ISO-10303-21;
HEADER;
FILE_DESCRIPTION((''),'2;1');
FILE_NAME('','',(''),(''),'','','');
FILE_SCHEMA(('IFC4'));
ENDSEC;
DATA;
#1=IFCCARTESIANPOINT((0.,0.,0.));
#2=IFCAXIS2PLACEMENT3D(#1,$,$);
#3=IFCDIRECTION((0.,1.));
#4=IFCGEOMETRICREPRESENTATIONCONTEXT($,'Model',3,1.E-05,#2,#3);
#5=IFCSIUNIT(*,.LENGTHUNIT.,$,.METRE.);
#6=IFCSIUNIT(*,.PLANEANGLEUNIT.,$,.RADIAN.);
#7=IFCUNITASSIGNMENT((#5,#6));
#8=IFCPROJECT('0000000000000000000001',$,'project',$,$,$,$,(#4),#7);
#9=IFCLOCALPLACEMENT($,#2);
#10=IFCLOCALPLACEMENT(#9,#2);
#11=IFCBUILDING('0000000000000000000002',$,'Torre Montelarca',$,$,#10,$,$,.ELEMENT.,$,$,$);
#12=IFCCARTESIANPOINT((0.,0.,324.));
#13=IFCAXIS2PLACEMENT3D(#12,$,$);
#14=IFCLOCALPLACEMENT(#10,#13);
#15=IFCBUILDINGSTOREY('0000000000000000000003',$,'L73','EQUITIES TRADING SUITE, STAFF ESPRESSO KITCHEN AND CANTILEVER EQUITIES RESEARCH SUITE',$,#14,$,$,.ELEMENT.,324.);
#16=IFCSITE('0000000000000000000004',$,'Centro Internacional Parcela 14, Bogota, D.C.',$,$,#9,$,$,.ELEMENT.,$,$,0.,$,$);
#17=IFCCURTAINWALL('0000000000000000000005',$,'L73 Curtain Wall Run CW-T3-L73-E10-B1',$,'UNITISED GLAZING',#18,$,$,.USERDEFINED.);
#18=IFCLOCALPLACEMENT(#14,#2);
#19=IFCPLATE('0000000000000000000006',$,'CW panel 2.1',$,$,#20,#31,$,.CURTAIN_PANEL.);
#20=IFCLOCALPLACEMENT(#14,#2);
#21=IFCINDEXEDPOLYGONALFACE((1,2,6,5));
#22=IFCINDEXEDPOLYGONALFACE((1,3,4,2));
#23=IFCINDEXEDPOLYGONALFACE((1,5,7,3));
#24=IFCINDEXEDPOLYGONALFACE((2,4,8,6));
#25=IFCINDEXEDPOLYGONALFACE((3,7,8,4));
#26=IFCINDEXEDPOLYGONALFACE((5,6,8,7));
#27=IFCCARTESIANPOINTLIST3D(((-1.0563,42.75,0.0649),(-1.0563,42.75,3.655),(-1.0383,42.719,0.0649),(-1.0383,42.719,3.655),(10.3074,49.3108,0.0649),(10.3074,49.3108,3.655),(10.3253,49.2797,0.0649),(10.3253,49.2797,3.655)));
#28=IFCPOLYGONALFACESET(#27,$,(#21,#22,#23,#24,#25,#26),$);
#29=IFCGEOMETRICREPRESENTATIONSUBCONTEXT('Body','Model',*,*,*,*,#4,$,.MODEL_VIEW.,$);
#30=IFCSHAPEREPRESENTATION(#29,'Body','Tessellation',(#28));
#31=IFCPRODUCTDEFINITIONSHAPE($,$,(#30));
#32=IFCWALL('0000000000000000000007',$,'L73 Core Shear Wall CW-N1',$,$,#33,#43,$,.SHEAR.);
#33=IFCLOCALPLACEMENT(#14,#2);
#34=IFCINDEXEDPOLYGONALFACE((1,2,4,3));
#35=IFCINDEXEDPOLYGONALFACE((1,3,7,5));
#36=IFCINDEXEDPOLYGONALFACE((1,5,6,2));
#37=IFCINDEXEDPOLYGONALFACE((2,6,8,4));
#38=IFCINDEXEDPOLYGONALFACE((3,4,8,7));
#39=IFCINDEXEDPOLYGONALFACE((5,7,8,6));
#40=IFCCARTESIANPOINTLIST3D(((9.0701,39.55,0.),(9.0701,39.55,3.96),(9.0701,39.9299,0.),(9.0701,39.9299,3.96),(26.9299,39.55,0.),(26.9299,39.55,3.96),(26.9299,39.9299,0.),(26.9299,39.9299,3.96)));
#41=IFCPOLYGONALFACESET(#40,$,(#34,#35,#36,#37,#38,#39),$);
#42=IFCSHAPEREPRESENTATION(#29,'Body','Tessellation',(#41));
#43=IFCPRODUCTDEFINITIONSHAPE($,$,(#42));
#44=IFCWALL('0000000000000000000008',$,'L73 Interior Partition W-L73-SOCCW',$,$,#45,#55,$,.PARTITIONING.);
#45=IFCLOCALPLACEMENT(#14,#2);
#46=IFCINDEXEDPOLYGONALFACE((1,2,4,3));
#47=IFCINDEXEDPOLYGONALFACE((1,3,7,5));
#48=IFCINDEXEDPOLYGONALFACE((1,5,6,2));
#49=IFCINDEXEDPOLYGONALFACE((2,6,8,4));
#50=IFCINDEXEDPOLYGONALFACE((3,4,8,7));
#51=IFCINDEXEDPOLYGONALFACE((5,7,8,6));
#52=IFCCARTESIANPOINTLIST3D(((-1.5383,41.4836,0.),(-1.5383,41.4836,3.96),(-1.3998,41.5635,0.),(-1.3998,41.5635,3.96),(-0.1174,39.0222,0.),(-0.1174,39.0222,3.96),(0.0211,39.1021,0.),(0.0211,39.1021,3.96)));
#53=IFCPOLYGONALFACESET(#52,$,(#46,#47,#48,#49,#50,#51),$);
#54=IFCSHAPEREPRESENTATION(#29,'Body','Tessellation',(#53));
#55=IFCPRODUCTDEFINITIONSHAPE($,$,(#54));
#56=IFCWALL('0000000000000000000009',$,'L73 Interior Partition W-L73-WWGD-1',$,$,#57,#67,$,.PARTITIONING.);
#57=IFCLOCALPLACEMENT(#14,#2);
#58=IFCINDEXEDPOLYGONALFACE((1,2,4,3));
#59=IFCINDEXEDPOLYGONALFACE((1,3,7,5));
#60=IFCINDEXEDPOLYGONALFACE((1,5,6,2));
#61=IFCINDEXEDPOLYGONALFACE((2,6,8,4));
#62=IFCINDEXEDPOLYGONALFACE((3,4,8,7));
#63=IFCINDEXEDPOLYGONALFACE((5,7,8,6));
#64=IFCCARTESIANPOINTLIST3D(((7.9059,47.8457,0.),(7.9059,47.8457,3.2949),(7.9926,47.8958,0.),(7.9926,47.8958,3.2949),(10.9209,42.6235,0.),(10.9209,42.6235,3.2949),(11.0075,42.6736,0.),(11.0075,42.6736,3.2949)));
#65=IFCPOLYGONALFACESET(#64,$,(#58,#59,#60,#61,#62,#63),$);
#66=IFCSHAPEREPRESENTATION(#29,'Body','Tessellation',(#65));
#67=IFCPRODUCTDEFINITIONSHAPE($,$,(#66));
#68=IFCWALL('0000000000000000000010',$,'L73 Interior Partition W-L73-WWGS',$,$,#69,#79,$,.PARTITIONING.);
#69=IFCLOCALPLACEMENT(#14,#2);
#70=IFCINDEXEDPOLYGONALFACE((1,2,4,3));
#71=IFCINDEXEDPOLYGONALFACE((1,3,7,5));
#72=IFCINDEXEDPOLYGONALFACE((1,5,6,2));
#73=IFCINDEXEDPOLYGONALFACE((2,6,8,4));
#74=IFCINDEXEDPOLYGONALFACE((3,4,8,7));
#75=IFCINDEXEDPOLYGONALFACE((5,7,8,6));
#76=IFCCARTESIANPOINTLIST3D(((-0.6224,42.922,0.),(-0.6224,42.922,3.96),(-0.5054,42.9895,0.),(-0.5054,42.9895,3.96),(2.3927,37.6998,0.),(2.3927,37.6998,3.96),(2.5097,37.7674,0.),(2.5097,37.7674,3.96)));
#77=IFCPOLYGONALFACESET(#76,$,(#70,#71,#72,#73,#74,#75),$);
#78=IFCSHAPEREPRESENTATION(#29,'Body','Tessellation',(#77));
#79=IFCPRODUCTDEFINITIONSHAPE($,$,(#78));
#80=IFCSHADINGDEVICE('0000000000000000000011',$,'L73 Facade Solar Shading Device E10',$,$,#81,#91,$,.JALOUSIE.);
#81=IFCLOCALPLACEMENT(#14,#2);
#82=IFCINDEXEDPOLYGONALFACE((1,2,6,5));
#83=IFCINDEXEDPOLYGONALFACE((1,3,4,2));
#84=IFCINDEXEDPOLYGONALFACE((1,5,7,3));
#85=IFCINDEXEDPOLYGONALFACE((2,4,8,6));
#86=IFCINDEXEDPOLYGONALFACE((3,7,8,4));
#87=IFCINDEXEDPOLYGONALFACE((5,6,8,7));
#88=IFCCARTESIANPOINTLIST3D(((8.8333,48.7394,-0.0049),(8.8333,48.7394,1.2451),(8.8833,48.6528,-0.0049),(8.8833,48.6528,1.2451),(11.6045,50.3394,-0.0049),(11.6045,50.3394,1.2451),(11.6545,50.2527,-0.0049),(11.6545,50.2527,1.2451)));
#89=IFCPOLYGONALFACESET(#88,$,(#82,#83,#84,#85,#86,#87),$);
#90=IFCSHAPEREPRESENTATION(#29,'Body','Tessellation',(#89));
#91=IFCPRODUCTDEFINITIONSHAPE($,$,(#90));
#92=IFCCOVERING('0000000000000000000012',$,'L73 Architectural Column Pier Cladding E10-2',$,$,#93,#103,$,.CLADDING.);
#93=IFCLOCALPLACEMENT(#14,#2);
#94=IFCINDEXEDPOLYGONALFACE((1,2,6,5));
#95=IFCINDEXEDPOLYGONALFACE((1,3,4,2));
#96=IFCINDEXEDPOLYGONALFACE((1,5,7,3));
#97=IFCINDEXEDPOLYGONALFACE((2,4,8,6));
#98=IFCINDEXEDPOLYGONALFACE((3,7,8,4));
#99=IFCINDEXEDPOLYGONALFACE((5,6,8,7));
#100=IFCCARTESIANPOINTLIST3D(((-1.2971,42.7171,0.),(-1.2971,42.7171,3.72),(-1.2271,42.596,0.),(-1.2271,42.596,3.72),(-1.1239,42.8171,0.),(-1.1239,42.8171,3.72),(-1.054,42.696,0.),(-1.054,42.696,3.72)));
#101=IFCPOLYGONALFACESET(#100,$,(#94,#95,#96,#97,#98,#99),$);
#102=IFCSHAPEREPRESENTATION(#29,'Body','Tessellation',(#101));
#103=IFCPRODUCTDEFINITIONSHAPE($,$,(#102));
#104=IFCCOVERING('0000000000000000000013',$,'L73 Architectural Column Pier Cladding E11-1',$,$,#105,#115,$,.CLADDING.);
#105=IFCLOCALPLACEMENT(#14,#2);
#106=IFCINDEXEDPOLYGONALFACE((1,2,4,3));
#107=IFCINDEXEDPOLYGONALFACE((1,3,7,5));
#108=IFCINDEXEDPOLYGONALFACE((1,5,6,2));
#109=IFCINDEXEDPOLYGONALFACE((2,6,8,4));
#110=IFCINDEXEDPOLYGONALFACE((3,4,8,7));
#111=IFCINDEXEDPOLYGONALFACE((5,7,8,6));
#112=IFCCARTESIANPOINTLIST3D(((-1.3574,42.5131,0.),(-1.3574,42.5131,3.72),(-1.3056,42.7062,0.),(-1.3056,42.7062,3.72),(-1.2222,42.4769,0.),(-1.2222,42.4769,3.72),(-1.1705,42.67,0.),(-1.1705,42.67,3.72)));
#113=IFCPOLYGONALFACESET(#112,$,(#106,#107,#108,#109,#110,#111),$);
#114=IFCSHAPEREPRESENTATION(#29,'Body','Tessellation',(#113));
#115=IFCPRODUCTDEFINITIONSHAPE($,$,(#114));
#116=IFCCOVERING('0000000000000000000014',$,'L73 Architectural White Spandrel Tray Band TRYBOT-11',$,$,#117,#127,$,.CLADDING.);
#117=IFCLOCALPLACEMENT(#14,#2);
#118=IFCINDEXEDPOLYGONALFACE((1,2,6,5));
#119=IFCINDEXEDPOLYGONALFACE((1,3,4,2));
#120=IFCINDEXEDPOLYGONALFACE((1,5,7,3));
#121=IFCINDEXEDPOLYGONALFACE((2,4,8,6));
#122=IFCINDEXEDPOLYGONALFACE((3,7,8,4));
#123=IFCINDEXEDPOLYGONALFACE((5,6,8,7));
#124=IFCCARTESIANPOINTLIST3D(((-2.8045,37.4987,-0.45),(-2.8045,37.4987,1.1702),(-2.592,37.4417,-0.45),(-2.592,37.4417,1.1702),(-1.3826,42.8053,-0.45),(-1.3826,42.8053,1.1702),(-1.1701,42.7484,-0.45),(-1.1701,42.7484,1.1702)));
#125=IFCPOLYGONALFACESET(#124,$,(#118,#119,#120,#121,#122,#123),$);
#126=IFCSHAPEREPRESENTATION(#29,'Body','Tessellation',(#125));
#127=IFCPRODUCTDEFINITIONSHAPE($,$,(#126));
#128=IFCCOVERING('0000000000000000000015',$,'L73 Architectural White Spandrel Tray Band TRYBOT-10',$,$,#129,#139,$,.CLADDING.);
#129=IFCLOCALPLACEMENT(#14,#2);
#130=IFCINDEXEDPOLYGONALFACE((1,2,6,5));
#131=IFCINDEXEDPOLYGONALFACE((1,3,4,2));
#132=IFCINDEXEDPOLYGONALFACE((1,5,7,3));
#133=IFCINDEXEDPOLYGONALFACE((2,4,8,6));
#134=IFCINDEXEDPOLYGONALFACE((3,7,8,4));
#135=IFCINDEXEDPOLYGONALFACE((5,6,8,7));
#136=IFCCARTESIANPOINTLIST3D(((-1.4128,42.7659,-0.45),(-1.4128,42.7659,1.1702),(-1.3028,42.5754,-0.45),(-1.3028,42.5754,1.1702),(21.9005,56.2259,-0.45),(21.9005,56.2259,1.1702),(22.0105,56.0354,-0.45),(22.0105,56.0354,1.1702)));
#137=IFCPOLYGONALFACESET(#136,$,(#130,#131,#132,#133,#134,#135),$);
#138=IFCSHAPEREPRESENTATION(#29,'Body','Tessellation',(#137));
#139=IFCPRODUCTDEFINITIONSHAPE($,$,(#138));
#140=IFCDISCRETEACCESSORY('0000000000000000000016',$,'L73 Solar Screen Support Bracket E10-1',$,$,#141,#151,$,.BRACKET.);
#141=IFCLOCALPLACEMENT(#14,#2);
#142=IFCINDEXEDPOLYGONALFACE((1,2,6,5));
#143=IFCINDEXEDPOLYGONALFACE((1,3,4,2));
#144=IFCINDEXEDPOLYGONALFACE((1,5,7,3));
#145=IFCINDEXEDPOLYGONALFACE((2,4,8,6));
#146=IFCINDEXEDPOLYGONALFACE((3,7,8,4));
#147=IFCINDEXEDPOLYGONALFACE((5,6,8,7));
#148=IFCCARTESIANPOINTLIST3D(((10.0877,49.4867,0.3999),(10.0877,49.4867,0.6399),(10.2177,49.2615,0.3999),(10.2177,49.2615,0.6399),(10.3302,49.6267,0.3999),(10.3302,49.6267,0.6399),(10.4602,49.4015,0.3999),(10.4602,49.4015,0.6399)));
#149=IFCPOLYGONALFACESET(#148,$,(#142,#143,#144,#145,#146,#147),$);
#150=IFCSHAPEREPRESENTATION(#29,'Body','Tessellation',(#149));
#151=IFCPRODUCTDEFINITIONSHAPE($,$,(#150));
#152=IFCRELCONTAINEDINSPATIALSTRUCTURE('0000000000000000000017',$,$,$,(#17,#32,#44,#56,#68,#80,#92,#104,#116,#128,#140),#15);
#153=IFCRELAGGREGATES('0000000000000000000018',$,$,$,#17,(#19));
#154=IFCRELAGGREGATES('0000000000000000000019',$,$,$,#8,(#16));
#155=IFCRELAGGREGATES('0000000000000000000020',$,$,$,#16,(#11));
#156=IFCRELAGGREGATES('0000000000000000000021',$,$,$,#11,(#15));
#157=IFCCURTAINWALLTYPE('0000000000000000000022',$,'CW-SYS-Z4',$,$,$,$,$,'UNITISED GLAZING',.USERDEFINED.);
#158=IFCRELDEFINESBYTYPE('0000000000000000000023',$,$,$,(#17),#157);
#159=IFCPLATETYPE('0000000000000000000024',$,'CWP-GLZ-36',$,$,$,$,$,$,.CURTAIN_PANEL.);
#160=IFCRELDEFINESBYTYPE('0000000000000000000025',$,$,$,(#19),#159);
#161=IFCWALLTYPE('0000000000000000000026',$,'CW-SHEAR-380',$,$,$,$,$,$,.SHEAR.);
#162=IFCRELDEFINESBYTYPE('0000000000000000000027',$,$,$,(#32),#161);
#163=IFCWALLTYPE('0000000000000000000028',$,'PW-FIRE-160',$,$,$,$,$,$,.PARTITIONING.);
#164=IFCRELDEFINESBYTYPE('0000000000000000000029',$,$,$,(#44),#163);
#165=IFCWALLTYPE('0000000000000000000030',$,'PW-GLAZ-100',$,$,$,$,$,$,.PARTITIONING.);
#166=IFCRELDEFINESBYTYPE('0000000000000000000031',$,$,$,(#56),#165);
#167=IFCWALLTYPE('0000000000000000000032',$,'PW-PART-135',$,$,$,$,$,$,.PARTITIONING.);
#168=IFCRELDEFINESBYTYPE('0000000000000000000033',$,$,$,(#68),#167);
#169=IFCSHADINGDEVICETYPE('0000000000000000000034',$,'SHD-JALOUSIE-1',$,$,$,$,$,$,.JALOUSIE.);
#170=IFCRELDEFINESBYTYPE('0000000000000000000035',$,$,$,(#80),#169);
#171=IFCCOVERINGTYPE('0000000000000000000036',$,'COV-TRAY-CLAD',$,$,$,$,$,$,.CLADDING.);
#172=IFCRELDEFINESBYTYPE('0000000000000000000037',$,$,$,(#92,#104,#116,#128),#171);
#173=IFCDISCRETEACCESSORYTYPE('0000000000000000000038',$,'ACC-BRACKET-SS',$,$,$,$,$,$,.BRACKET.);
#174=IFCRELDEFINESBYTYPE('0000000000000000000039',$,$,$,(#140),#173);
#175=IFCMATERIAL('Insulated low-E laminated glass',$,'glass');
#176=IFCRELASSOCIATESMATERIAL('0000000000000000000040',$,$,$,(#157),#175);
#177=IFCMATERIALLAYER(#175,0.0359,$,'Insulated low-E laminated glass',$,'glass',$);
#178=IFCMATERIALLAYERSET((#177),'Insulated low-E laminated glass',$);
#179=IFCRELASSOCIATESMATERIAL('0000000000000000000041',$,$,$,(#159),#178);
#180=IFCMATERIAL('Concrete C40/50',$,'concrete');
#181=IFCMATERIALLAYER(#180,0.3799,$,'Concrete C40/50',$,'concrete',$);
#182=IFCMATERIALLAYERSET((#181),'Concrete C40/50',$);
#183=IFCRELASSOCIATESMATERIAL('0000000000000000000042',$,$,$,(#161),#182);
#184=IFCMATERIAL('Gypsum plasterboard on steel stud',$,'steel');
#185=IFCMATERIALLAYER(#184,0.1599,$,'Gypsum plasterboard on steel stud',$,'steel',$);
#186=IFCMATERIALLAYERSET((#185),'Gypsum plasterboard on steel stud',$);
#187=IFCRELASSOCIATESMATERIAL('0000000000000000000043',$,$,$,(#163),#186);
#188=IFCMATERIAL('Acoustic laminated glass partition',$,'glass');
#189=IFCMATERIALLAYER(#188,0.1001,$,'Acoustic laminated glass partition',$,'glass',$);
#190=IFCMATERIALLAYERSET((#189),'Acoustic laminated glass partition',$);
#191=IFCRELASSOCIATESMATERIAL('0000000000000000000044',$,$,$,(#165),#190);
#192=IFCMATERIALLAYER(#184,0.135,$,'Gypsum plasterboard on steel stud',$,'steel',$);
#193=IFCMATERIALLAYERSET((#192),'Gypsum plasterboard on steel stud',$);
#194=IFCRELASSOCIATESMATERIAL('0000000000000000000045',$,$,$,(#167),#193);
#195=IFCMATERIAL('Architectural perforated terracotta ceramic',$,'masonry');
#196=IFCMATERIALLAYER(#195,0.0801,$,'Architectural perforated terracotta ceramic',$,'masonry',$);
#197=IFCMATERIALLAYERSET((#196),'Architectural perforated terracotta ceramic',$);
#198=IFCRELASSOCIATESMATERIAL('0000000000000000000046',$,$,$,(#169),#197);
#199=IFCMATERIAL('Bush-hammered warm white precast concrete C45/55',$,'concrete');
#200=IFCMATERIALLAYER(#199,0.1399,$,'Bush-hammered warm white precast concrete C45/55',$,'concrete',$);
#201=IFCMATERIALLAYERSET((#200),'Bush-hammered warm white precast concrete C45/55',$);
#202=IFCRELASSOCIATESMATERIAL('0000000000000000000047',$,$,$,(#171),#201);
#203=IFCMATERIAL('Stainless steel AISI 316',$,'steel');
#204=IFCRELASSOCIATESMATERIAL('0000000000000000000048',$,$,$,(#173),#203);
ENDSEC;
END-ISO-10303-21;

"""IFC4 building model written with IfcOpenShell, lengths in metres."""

from ifc_helpers import new_model, si_unit, direction, frame, frame_2d, origin, origin_2d, place, context, subcontext, project, spatial, rectangle, extrude, source, transform, mapped, material, layer, layer_set, type_object, element, aggregate, save


model = new_model("IFC4")

# Units and contexts
model_context = context("Model", 3, precision=1e-05, world=origin(), true_north=direction((0.0, 1.0)))
body_context = subcontext(model_context, "Body", "Model", "MODEL_VIEW")
ifc_project = project(units=[si_unit("LENGTHUNIT", "METRE"), si_unit("PLANEANGLEUNIT", "RADIAN")], contexts=[model_context])

# Site, building, storey
site_placement = place(None, origin())
site = spatial("IfcSite", under=ifc_project, at=site_placement, Name="Centro Internacional Parcela 14, Bogota, D.C.", CompositionType="ELEMENT", RefElevation=0.0)
building_placement = place(site_placement, origin())
building = spatial("IfcBuilding", under=site, at=building_placement, Name="Torre Montelarca", CompositionType="ELEMENT")
storey_placement = place(building_placement, frame((0.0, 0.0, 324.0)))
storey = spatial("IfcBuildingStorey", under=building, at=storey_placement, Name="L73", Description="EQUITIES TRADING SUITE, STAFF ESPRESSO KITCHEN AND CANTILEVER EQUITIES RESEARCH SUITE", CompositionType="ELEMENT", Elevation=324.0)

# Shared definitions
ifc_material_1 = material(Name="Concrete C40/50", Category="concrete")

# Curtain wall
ifc_material_2 = material(Name="Insulated low-E laminated glass", Category="glass")
curtain_wall_type = type_object("IfcCurtainWallType", Name="CW-SYS-Z4", ElementType="UNITISED GLAZING", PredefinedType="USERDEFINED", material=ifc_material_2)
curtain_wall_1_placement = place(storey_placement, origin())
curtain_wall_1 = element("IfcCurtainWall", 1, at=curtain_wall_1_placement, inside=storey, type_object=curtain_wall_type, Name="L73 Curtain Wall Run CW-T3-L73-E10-B1", ObjectType="UNITISED GLAZING", PredefinedType="USERDEFINED")

# Plate
ifc_material_3 = material(Name="Architectural perforated terracotta ceramic", Category="masonry")
ifc_layer_1 = layer(ifc_material_2, 0.0359, Name="Insulated low-E laminated glass", Category="glass")
ifc_layer_set_1 = layer_set([ifc_layer_1], Name="Insulated low-E laminated glass")
plate_type_1 = type_object("IfcPlateType", Name="CWP-GLZ-36", PredefinedType="CURTAIN_PANEL", material=ifc_layer_set_1)
shared_shape_1 = source(origin(), body_context, "Body", "SweptSolid", [
    extrude(rectangle(XDim=13.1216, YDim=0.0359, at=origin_2d()), origin(), (0.0, 0.0, 1.0), 3.5901),
])
plate_1_placement = place(storey_placement, frame((4.6345, 46.0149, 0.0649), z_axis=(0.0, 0.0, 1.0), x_axis=(-0.866025, -0.5, 0.0)))
plate_1 = element("IfcPlate", 2, at=plate_1_placement, type_object=plate_type_1, Name="CW panel 2.1", PredefinedType="CURTAIN_PANEL", context=body_context, shape_type="MappedRepresentation", body=[
    mapped(shared_shape_1, transform((0.0, 0.0, 0.0), scale=1.0)),
])
aggregate(curtain_wall_1, [plate_1])

# Walls
ifc_layer_2 = layer(ifc_material_1, 0.3799, Name="Concrete C40/50", Category="concrete")
ifc_layer_set_2 = layer_set([ifc_layer_2], Name="Concrete C40/50")
wall_type_1 = type_object("IfcWallType", Name="CW-SHEAR-380", PredefinedType="SHEAR", material=ifc_layer_set_2)
wall_1_placement = place(storey_placement, frame((9.0701, 39.74, 0.0), z_axis=(0.0, 0.0, 1.0), x_axis=(1.0, 0.0, 0.0)))
element("IfcWall", 3, at=wall_1_placement, inside=storey, type_object=wall_type_1, Name="L73 Core Shear Wall CW-N1", PredefinedType="SHEAR", context=body_context, shape_type="SweptSolid", body=[
    extrude(rectangle(XDim=17.8599, YDim=0.3799, at=frame_2d((8.9299, 0.0))), origin(), (0.0, 0.0, 1.0), 3.96),
])
ifc_material_4 = material(Name="Gypsum plasterboard on steel stud", Category="steel")
ifc_layer_3 = layer(ifc_material_4, 0.1599, Name="Gypsum plasterboard on steel stud", Category="steel")
ifc_layer_set_3 = layer_set([ifc_layer_3], Name="Gypsum plasterboard on steel stud")
wall_type_2 = type_object("IfcWallType", Name="PW-FIRE-160", PredefinedType="PARTITIONING", material=ifc_layer_set_3)
wall_2_placement = place(storey_placement, frame((-1.469, 41.5234, 0.0), z_axis=(0.0, 0.0, 1.0), x_axis=(0.499946, -0.866057, 0.0)))
element("IfcWall", 4, at=wall_2_placement, inside=storey, type_object=wall_type_2, Name="L73 Interior Partition W-L73-SOCCW", PredefinedType="PARTITIONING", context=body_context, shape_type="SweptSolid", body=[
    extrude(rectangle(XDim=2.842, YDim=0.1599, at=frame_2d((1.4209, 0.0))), origin(), (0.0, 0.0, 1.0), 3.96),
])
ifc_material_5 = material(Name="Acoustic laminated glass partition", Category="glass")
ifc_layer_4 = layer(ifc_material_5, 0.1001, Name="Acoustic laminated glass partition", Category="glass")
ifc_layer_set_4 = layer_set([ifc_layer_4], Name="Acoustic laminated glass partition")
wall_type_3 = type_object("IfcWallType", Name="PW-GLAZ-100", PredefinedType="PARTITIONING", material=ifc_layer_set_4)
wall_3_placement = place(storey_placement, frame((7.9492, 47.8708, 0.0), z_axis=(0.0, 0.0, 1.0), x_axis=(0.499984, -0.866035, 0.0)))
element("IfcWall", 5, at=wall_3_placement, inside=storey, type_object=wall_type_3, Name="L73 Interior Partition W-L73-WWGD-1", PredefinedType="PARTITIONING", context=body_context, shape_type="SweptSolid", body=[
    extrude(rectangle(XDim=6.03, YDim=0.1001, at=frame_2d((3.0151, 0.0))), origin(), (0.0, 0.0, 1.0), 3.2949),
])
ifc_layer_5 = layer(ifc_material_4, 0.135, Name="Gypsum plasterboard on steel stud", Category="steel")
ifc_layer_set_5 = layer_set([ifc_layer_5], Name="Gypsum plasterboard on steel stud")
wall_type_4 = type_object("IfcWallType", Name="PW-PART-135", PredefinedType="PARTITIONING", material=ifc_layer_set_5)
wall_4_placement = place(storey_placement, frame((-0.564, 42.9558, 0.0), z_axis=(0.0, 0.0, 1.0), x_axis=(0.500015, -0.866017, 0.0)))
element("IfcWall", 6, at=wall_4_placement, inside=storey, type_object=wall_type_4, Name="L73 Interior Partition W-L73-WWGS", PredefinedType="PARTITIONING", context=body_context, shape_type="SweptSolid", body=[
    extrude(rectangle(XDim=6.03, YDim=0.135, at=frame_2d((3.0151, 0.0))), origin(), (0.0, 0.0, 1.0), 3.96),
])

# Shading device
ifc_layer_6 = layer(ifc_material_3, 0.0801, Name="Architectural perforated terracotta ceramic", Category="masonry")
ifc_layer_set_6 = layer_set([ifc_layer_6], Name="Architectural perforated terracotta ceramic")
shading_device_type = type_object("IfcShadingDeviceType", Name="SHD-JALOUSIE-1", PredefinedType="JALOUSIE", material=ifc_layer_set_6)
shared_shape_2 = source(origin(), body_context, "Body", "SweptSolid", [
    extrude(rectangle(XDim=3.2, YDim=0.1001, at=origin_2d()), origin(), (0.0, 0.0, 1.0), 1.25),
])
shading_device_placement = place(storey_placement, frame((10.2439, 49.4961, -0.0049), z_axis=(0.0, 0.0, 1.0), x_axis=(-0.866025, -0.5, 0.0)))
element("IfcShadingDevice", 7, at=shading_device_placement, inside=storey, type_object=shading_device_type, Name="L73 Facade Solar Shading Device E10", PredefinedType="JALOUSIE", context=body_context, shape_type="MappedRepresentation", body=[
    mapped(shared_shape_2, transform((0.0, 0.0, 0.0), scale=1.0)),
])

# Coverings
ifc_material_6 = material(Name="Bush-hammered warm white precast concrete C45/55", Category="concrete")
ifc_layer_7 = layer(ifc_material_6, 0.1399, Name="Bush-hammered warm white precast concrete C45/55", Category="concrete")
ifc_layer_set_7 = layer_set([ifc_layer_7], Name="Bush-hammered warm white precast concrete C45/55")
covering_type = type_object("IfcCoveringType", Name="COV-TRAY-CLAD", PredefinedType="CLADDING", material=ifc_layer_set_7)
shared_shape_3 = source(origin(), body_context, "Body", "SweptSolid", [
    extrude(rectangle(XDim=0.2, YDim=0.1399, at=origin_2d()), origin(), (0.0, 0.0, 1.0), 3.72),
])
for number, where, z_axis, x_axis, name in (
    (8, (-1.1755, 42.7065, 0.0), (0.0, 0.0, 1.0), (-0.866025, -0.5, 0.0), "L73 Architectural Column Pier Cladding E10-2"),
    (9, (-1.2639, 42.5916, 0.0), (0.0, 0.0, 1.0), (-0.258821, -0.965925, 0.0), "L73 Architectural Column Pier Cladding E11-1"),
):
    element("IfcCovering", number, at=place(storey_placement, frame(where, z_axis=z_axis, x_axis=x_axis)), inside=storey, type_object=covering_type, Name=name, PredefinedType="CLADDING", context=body_context, shape_type="MappedRepresentation", body=[
        mapped(shared_shape_3, transform((0.0, 0.0, 0.0), scale=1.0)),
    ])
shared_shape_4 = source(origin(), body_context, "Body", "SweptSolid", [
    extrude(rectangle(XDim=5.4939, YDim=0.22, at=origin_2d()), origin(), (0.0, 0.0, 1.0), 1.6201),
])
covering_1_placement = place(storey_placement, frame((-1.9873, 40.1235, -0.45), z_axis=(0.0, 0.0, 1.0), x_axis=(-0.258819, -0.965926, 0.0)))
element("IfcCovering", 10, at=covering_1_placement, inside=storey, type_object=covering_type, Name="L73 Architectural White Spandrel Tray Band TRYBOT-11", PredefinedType="CLADDING", context=body_context, shape_type="MappedRepresentation", body=[
    mapped(shared_shape_4, transform((0.0, 0.0, 0.0), scale=1.0)),
])
shared_shape_5 = source(origin(), body_context, "Body", "SweptSolid", [
    extrude(rectangle(XDim=26.9199, YDim=0.22, at=origin_2d()), origin(), (0.0, 0.0, 1.0), 1.6201),
])
covering_2_placement = place(storey_placement, frame((10.2988, 49.4006, -0.45), z_axis=(0.0, 0.0, 1.0), x_axis=(-0.866025, -0.5, 0.0)))
element("IfcCovering", 11, at=covering_2_placement, inside=storey, type_object=covering_type, Name="L73 Architectural White Spandrel Tray Band TRYBOT-10", PredefinedType="CLADDING", context=body_context, shape_type="MappedRepresentation", body=[
    mapped(shared_shape_5, transform((0.0, 0.0, 0.0), scale=1.0)),
])

# Discrete accessory
ifc_material_7 = material(Name="Stainless steel AISI 316", Category="steel")
discrete_accessory_type = type_object("IfcDiscreteAccessoryType", Name="ACC-BRACKET-SS", PredefinedType="BRACKET", material=ifc_material_7)
shared_shape_6 = source(origin(), body_context, "Body", "SweptSolid", [
    extrude(rectangle(XDim=0.28, YDim=0.26, at=origin_2d()), origin(), (0.0, 0.0, 1.0), 0.24),
])
discrete_accessory_placement = place(storey_placement, frame((10.2739, 49.4441, 0.3999), z_axis=(0.0, 0.0, 1.0), x_axis=(-0.866025, -0.5, 0.0)))
element("IfcDiscreteAccessory", 12, at=discrete_accessory_placement, inside=storey, type_object=discrete_accessory_type, Name="L73 Solar Screen Support Bracket E10-1", PredefinedType="BRACKET", context=body_context, shape_type="MappedRepresentation", body=[
    mapped(shared_shape_6, transform((0.0, 0.0, 0.0), scale=1.0)),
])

save(model, "model.ifc")
